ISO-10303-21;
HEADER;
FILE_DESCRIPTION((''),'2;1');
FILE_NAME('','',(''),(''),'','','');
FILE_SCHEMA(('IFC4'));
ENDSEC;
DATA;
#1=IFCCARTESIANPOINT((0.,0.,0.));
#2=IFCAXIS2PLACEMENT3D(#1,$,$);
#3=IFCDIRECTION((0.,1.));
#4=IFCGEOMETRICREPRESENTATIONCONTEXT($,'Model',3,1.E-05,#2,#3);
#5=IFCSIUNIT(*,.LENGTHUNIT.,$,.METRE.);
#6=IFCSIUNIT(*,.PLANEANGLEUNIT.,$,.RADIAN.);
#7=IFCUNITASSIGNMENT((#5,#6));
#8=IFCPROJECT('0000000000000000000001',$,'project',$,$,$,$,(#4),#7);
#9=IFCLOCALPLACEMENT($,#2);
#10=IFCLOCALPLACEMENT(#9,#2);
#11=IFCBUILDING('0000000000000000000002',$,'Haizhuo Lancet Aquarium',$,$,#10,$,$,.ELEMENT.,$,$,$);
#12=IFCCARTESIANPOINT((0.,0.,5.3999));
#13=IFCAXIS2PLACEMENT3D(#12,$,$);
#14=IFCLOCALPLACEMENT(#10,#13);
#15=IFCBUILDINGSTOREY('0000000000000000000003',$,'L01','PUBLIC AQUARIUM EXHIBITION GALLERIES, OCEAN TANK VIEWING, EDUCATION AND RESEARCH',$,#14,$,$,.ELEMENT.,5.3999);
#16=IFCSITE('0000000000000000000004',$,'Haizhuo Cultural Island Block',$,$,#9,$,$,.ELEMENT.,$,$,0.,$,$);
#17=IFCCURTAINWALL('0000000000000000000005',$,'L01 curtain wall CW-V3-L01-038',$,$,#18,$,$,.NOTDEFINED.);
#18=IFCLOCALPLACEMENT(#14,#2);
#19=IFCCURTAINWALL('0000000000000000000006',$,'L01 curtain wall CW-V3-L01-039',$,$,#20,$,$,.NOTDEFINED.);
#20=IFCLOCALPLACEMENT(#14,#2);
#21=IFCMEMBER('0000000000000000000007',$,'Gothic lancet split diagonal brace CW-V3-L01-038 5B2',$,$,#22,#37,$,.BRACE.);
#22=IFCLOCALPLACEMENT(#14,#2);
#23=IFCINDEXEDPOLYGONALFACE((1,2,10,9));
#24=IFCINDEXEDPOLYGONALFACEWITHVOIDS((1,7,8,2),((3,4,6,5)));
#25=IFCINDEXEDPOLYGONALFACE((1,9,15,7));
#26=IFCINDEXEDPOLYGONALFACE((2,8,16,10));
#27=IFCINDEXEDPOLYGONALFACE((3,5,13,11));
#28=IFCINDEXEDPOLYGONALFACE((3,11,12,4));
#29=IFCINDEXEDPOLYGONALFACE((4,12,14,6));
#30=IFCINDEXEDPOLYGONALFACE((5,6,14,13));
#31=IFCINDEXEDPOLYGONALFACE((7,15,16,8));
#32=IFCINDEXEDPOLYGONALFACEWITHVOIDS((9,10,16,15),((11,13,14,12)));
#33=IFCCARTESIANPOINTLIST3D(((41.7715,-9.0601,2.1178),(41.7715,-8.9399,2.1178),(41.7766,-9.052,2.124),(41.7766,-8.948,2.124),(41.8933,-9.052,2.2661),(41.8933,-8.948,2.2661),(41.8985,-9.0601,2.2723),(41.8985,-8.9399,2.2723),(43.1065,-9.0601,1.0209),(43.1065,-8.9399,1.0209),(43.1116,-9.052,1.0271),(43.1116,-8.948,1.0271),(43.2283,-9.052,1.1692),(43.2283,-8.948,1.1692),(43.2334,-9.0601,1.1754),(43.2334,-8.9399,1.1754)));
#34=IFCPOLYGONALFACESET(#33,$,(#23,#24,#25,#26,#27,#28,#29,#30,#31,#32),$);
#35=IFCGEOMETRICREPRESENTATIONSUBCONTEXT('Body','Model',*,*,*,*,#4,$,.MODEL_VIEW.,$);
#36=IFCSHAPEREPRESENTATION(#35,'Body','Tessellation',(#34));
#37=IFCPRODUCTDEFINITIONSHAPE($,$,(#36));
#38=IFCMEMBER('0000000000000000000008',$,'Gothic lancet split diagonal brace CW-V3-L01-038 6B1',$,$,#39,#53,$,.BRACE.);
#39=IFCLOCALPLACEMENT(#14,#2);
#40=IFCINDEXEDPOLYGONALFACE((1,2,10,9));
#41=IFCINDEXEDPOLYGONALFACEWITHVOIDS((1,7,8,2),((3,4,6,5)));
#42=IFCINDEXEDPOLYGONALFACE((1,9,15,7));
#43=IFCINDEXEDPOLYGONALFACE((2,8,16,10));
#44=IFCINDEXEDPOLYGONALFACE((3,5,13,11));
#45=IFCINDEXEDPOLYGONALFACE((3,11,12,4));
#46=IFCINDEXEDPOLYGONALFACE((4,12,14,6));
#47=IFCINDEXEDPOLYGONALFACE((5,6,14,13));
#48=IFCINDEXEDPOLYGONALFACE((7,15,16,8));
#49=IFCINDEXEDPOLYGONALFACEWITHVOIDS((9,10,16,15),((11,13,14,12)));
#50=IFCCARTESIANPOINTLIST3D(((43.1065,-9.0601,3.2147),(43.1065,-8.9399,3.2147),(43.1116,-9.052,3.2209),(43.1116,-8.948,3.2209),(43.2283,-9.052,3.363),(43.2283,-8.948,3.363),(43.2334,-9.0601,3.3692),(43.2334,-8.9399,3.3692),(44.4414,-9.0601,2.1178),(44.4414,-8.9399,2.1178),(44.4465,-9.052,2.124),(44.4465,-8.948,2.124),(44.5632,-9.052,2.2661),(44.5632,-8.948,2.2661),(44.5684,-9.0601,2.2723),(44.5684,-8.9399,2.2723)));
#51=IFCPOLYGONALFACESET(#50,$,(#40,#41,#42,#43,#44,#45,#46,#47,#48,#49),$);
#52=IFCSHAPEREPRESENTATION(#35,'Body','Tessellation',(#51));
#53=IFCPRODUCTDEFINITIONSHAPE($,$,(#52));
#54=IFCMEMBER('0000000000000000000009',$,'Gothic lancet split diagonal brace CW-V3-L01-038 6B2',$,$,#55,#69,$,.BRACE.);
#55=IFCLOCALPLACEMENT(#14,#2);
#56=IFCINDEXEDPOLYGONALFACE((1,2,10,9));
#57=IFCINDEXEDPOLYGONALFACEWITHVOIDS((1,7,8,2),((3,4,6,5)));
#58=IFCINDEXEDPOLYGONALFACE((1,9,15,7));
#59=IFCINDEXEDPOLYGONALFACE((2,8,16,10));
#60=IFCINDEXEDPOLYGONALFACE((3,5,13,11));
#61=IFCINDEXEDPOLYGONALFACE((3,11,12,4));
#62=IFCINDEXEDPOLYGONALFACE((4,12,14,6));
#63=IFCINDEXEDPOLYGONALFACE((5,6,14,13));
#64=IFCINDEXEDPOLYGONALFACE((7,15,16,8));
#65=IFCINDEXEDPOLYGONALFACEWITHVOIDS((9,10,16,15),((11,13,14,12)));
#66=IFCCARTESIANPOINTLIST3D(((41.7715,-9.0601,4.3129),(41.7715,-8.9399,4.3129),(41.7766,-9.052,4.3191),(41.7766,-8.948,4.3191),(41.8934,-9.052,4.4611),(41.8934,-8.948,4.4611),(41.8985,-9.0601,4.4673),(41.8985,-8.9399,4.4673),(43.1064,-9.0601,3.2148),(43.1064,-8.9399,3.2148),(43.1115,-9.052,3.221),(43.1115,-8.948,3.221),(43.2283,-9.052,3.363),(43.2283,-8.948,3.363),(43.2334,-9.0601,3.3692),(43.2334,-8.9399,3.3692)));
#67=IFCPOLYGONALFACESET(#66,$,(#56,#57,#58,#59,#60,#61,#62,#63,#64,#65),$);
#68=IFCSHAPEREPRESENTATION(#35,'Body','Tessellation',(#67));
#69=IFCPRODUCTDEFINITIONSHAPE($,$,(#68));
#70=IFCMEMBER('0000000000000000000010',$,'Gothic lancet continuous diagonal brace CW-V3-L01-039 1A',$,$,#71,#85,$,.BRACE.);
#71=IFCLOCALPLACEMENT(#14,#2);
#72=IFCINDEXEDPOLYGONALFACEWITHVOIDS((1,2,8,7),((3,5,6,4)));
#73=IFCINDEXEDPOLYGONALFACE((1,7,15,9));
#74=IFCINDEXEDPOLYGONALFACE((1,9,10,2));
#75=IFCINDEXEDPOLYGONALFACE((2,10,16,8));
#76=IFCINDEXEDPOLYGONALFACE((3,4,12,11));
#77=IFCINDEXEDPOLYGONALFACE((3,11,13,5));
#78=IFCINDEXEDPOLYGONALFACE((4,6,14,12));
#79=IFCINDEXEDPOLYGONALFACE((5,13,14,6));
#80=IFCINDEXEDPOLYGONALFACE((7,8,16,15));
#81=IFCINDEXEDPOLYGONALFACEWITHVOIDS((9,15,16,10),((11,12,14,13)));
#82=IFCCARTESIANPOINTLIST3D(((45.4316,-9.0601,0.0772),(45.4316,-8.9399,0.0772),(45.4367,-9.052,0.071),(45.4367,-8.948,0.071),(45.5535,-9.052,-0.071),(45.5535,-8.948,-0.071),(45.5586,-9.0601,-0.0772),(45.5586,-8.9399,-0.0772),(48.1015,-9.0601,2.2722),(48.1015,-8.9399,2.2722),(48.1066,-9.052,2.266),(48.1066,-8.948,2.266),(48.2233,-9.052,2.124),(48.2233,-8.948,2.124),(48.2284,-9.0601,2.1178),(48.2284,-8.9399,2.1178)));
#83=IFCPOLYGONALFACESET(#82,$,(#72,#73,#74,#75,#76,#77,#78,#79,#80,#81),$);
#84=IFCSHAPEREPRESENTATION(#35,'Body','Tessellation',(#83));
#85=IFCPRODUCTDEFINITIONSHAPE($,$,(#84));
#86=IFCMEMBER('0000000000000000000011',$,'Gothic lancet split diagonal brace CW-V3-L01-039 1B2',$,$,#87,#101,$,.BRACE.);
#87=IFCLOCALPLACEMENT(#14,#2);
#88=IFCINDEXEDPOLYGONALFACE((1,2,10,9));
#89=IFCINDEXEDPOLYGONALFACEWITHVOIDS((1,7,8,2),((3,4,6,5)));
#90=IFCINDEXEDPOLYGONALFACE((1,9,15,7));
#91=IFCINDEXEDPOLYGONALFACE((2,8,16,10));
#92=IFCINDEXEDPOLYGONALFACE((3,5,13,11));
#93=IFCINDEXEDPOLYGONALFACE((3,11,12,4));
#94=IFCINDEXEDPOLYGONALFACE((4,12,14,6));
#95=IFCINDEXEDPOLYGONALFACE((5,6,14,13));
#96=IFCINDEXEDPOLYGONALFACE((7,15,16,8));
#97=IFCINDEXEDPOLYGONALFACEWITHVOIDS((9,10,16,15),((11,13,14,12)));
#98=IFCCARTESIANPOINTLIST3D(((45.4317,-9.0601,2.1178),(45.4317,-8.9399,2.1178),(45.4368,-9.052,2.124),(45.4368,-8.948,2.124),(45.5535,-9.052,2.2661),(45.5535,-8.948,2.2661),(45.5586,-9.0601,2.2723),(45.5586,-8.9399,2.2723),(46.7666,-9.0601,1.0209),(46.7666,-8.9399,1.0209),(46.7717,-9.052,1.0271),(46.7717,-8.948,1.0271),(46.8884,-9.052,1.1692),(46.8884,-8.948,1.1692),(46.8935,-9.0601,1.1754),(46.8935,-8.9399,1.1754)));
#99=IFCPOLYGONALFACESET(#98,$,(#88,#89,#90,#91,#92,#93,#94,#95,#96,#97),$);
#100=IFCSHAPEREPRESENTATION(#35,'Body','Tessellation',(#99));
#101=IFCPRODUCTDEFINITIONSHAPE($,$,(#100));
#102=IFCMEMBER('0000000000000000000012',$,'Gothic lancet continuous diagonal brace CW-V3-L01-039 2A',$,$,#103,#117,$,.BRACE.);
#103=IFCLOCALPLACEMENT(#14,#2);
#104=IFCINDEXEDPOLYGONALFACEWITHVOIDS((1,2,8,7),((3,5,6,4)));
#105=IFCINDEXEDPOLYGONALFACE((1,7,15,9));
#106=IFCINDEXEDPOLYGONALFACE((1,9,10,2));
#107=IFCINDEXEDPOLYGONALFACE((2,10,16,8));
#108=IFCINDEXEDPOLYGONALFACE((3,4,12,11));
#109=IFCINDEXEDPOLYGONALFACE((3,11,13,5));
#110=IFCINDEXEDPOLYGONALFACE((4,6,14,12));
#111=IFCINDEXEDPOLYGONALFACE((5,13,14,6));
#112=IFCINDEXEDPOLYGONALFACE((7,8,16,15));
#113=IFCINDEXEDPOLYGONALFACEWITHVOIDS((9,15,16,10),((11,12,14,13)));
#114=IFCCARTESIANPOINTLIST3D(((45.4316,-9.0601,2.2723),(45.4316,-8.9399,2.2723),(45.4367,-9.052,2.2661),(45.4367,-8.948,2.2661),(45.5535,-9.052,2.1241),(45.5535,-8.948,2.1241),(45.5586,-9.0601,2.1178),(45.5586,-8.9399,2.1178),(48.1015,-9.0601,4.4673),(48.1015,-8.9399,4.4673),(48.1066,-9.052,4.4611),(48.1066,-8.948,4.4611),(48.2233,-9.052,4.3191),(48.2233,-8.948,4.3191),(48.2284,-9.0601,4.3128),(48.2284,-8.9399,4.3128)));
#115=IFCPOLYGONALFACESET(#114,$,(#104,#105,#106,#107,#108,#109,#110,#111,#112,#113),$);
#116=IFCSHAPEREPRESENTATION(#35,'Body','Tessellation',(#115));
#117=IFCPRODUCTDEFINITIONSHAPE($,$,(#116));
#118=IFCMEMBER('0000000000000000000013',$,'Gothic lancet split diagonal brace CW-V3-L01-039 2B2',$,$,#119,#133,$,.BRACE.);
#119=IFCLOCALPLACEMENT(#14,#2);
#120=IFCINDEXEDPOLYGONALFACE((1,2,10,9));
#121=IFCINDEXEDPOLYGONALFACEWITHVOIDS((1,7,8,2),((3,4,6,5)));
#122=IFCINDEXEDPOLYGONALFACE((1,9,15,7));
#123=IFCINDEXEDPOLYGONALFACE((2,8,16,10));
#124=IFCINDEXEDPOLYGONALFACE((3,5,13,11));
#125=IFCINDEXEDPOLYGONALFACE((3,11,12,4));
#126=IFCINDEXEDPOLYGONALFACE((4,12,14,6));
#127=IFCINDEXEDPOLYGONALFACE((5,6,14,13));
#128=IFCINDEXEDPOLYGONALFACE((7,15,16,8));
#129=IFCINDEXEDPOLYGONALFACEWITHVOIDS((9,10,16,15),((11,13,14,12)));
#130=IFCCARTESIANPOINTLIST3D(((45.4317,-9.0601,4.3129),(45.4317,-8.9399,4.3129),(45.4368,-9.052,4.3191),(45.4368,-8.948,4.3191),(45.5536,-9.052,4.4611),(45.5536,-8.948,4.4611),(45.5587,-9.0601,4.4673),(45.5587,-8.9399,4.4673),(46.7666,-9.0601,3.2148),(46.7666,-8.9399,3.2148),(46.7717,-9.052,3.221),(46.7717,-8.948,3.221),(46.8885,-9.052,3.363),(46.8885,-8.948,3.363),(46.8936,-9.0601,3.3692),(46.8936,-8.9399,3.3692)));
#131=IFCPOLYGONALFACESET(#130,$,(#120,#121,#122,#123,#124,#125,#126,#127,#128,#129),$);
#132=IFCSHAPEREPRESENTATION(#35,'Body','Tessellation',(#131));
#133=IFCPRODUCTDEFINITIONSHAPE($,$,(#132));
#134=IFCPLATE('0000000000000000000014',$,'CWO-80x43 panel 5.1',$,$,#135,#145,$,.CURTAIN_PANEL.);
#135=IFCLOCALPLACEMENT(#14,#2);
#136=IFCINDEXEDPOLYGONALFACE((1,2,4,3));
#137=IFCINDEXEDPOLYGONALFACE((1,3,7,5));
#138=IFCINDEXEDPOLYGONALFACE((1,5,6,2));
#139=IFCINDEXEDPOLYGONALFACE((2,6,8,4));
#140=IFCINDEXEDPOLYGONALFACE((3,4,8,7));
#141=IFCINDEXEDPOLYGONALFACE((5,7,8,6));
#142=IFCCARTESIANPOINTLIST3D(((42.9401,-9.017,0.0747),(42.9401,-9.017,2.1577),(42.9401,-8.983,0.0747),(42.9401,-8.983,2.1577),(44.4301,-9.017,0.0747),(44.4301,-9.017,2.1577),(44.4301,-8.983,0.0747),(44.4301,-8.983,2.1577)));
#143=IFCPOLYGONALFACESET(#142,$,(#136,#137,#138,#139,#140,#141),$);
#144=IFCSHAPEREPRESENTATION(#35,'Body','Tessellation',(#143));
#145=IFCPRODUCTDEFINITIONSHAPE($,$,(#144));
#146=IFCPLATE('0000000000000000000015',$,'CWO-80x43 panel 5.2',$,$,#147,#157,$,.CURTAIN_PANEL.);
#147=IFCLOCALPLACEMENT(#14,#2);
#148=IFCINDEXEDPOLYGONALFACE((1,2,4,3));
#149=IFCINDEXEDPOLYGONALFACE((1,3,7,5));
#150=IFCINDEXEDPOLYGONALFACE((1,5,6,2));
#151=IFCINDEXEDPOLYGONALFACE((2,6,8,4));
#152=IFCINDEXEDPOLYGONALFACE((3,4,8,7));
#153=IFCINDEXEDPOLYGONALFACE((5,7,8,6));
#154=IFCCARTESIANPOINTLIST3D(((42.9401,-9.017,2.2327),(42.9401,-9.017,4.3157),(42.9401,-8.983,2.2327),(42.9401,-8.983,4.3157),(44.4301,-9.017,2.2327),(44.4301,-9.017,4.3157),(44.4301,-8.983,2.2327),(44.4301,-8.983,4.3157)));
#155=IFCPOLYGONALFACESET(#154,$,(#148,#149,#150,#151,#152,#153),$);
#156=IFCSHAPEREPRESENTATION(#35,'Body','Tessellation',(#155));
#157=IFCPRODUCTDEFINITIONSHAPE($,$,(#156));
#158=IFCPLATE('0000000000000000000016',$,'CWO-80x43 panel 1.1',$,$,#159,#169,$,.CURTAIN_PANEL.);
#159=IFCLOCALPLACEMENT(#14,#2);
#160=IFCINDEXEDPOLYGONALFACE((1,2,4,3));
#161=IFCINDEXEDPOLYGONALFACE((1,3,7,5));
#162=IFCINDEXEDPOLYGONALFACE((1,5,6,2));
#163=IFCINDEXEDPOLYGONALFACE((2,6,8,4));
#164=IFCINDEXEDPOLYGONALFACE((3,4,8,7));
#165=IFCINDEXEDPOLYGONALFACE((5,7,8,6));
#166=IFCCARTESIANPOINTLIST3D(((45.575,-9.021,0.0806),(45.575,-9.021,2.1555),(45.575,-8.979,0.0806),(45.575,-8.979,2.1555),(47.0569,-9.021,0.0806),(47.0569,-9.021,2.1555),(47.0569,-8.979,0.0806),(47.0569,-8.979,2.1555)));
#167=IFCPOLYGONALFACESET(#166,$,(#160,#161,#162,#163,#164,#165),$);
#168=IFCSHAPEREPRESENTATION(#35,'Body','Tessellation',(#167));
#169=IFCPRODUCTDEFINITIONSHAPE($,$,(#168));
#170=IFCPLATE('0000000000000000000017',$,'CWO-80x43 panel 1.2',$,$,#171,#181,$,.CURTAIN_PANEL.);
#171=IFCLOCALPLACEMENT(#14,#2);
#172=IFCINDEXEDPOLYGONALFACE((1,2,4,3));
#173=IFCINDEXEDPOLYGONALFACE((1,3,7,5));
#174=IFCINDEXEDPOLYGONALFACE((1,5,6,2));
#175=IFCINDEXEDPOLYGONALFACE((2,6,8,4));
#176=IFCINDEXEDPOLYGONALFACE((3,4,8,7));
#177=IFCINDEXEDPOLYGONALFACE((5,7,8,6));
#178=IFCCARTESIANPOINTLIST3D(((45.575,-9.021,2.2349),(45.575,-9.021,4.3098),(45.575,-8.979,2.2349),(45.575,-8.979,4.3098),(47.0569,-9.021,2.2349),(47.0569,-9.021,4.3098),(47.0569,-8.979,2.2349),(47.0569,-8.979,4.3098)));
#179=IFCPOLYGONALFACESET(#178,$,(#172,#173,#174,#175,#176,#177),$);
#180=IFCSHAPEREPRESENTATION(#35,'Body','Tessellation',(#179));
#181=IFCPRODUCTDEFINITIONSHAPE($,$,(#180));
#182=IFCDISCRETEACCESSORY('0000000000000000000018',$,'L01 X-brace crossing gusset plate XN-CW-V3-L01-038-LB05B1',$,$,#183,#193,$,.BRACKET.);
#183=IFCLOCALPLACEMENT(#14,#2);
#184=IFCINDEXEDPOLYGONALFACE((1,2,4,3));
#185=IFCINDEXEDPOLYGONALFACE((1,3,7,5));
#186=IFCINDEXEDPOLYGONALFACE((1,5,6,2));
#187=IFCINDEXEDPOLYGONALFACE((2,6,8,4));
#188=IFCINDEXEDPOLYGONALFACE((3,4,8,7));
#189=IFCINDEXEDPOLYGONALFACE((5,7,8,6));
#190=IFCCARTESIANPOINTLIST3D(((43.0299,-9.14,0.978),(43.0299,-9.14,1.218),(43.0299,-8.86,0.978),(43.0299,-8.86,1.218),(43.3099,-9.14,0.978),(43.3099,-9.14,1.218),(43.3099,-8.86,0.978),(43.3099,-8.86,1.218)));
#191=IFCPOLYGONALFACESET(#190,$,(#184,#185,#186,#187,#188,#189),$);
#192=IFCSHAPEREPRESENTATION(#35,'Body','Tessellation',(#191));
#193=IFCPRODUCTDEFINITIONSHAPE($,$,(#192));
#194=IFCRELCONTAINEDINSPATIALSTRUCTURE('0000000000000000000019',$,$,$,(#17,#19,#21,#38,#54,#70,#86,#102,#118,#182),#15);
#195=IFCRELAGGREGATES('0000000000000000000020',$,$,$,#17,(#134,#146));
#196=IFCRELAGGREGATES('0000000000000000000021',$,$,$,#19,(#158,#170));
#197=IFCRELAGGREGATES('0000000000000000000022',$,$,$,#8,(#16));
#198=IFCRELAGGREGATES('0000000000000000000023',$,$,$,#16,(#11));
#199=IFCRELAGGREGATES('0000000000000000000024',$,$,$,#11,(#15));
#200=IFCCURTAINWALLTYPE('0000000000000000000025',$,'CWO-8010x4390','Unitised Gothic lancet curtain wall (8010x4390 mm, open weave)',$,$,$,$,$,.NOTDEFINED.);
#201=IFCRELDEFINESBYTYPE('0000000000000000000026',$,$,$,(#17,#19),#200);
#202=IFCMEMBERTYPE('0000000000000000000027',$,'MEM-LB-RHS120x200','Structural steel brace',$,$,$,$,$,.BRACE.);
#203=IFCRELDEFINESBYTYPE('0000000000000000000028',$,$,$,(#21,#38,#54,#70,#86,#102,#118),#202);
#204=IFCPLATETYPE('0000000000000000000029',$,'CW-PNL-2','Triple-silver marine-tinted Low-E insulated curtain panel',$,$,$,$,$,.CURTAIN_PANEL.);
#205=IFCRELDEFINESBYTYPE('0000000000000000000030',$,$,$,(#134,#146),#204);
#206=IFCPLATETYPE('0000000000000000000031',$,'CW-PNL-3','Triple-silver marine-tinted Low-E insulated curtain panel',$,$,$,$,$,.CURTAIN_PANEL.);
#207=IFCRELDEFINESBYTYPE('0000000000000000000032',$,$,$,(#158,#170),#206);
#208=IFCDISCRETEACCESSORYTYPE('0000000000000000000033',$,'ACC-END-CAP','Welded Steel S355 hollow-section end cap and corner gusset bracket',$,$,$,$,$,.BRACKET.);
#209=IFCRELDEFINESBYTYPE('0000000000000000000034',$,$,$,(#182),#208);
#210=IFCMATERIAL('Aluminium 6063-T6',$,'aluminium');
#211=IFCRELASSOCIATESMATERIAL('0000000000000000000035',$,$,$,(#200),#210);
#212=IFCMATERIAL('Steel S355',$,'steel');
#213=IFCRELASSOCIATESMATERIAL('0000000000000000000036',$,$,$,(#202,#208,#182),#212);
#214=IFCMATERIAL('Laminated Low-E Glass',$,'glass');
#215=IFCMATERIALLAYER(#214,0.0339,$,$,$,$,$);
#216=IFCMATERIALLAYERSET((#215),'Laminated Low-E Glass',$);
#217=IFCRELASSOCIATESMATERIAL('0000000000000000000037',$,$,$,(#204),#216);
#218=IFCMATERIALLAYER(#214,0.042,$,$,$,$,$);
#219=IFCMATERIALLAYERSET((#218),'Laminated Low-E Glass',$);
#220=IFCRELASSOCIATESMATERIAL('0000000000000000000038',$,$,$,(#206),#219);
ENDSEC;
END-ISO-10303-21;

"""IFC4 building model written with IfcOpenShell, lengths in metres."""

from ifc_helpers import new_model, si_unit, direction, frame, origin, origin_2d, place, context, subcontext, project, spatial, rectangle, hollow_rectangle, extrude, material, layer, layer_set, material_profile, profile_set, type_object, element, aggregate, save


model = new_model("IFC4")

# Units and contexts
model_context = context("Model", 3, precision=1e-05, world=origin(), true_north=direction((0.0, 1.0)))
body_context = subcontext(model_context, "Body", "Model", "MODEL_VIEW")
ifc_project = project(units=[si_unit("LENGTHUNIT", "METRE"), si_unit("PLANEANGLEUNIT", "RADIAN")], contexts=[model_context])

# Site, building, storey
site_placement = place(None, origin())
site = spatial("IfcSite", under=ifc_project, at=site_placement, Name="Haizhuo Cultural Island Block", CompositionType="ELEMENT", RefElevation=0.0)
building_placement = place(site_placement, origin())
building = spatial("IfcBuilding", under=site, at=building_placement, Name="Haizhuo Lancet Aquarium", CompositionType="ELEMENT")
storey_placement = place(building_placement, frame((0.0, 0.0, 5.3999)))
storey = spatial("IfcBuildingStorey", under=building, at=storey_placement, Name="L01", Description="PUBLIC AQUARIUM EXHIBITION GALLERIES, OCEAN TANK VIEWING, EDUCATION AND RESEARCH", CompositionType="ELEMENT", Elevation=5.3999)

# Curtain walls
ifc_material_1 = material(Name="Aluminium 6063-T6", Category="aluminium")
curtain_wall_type = type_object("IfcCurtainWallType", Name="CWO-8010x4390", Description="Unitised Gothic lancet curtain wall (8010x4390 mm, open weave)", PredefinedType="NOTDEFINED", material=ifc_material_1)
curtain_wall_1_placement = place(storey_placement, origin())
curtain_wall_1 = element("IfcCurtainWall", 1, at=curtain_wall_1_placement, inside=storey, type_object=curtain_wall_type, Name="L01 curtain wall CW-V3-L01-038", PredefinedType="NOTDEFINED")
curtain_wall_2_placement = place(storey_placement, origin())
curtain_wall_2 = element("IfcCurtainWall", 2, at=curtain_wall_2_placement, inside=storey, type_object=curtain_wall_type, Name="L01 curtain wall CW-V3-L01-039", PredefinedType="NOTDEFINED")

# Members
ifc_material_2 = material(Name="Steel S355", Category="steel")
ifc_material_profile_1 = material_profile(ifc_material_2, hollow_rectangle(XDim=0.1201, YDim=0.2, WallThickness=0.0081, at=origin_2d()), Name="RHS 120x200x8")
ifc_profile_set_1 = profile_set([ifc_material_profile_1], Name="Steel S355")
member_type_1 = type_object("IfcMemberType", Name="MEM-LB-RHS120x200", Description="Structural steel brace", PredefinedType="BRACE", material=ifc_profile_set_1)
for number, where, z_axis, x_axis, name in (
    (3, (43.1699, -9.0, 1.0981), (-0.772627, 0.0, 0.63486), (0.0, -1.0, 0.0), "Gothic lancet split diagonal brace CW-V3-L01-038 5B2"),
    (4, (44.5049, -9.0, 2.1951), (-0.772627, 0.0, 0.63486), (0.0, -1.0, 0.0), "Gothic lancet split diagonal brace CW-V3-L01-038 6B1"),
):
    element("IfcMember", number, at=place(storey_placement, frame(where, z_axis=z_axis, x_axis=x_axis)), inside=storey, type_object=member_type_1, Name=name, PredefinedType="BRACE", context=body_context, shape_type="SweptSolid", body=[
        extrude(hollow_rectangle(XDim=0.1201, YDim=0.2, WallThickness=0.0081, at=origin_2d()), origin(), (0.0, 0.0, 1.0), 1.7278),
    ])
member_1_placement = place(storey_placement, frame((43.1699, -9.0, 3.292), z_axis=(-0.772281, 0.0, 0.635281), x_axis=(0.0, -1.0, 0.0)))
element("IfcMember", 5, at=member_1_placement, inside=storey, type_object=member_type_1, Name="Gothic lancet split diagonal brace CW-V3-L01-038 6B2", PredefinedType="BRACE", context=body_context, shape_type="SweptSolid", body=[
    extrude(hollow_rectangle(XDim=0.1201, YDim=0.2, WallThickness=0.0081, at=origin_2d()), origin(), (0.0, 0.0, 1.0), 1.7285),
])
member_2_placement = place(storey_placement, frame((45.4951, -9.0, 0.0), z_axis=(0.772454, 0.0, 0.635071), x_axis=(0.0, 1.0, 0.0)))
element("IfcMember", 6, at=member_2_placement, inside=storey, type_object=member_type_1, Name="Gothic lancet continuous diagonal brace CW-V3-L01-039 1A", PredefinedType="BRACE", context=body_context, shape_type="SweptSolid", body=[
    extrude(hollow_rectangle(XDim=0.1201, YDim=0.2, WallThickness=0.0081, at=origin_2d()), origin(), (0.0, 0.0, 1.0), 3.4563),
])
member_3_placement = place(storey_placement, frame((46.8301, -9.0, 1.0981), z_axis=(-0.772627, 0.0, 0.63486), x_axis=(0.0, -1.0, 0.0)))
element("IfcMember", 7, at=member_3_placement, inside=storey, type_object=member_type_1, Name="Gothic lancet split diagonal brace CW-V3-L01-039 1B2", PredefinedType="BRACE", context=body_context, shape_type="SweptSolid", body=[
    extrude(hollow_rectangle(XDim=0.1201, YDim=0.2, WallThickness=0.0081, at=origin_2d()), origin(), (0.0, 0.0, 1.0), 1.7278),
])
member_4_placement = place(storey_placement, frame((45.4951, -9.0, 2.1951), z_axis=(0.772454, 0.0, 0.635071), x_axis=(0.0, 1.0, 0.0)))
element("IfcMember", 8, at=member_4_placement, inside=storey, type_object=member_type_1, Name="Gothic lancet continuous diagonal brace CW-V3-L01-039 2A", PredefinedType="BRACE", context=body_context, shape_type="SweptSolid", body=[
    extrude(hollow_rectangle(XDim=0.1201, YDim=0.2, WallThickness=0.0081, at=origin_2d()), origin(), (0.0, 0.0, 1.0), 3.4563),
])
member_5_placement = place(storey_placement, frame((46.8301, -9.0, 3.292), z_axis=(-0.772281, 0.0, 0.635281), x_axis=(0.0, -1.0, 0.0)))
element("IfcMember", 9, at=member_5_placement, inside=storey, type_object=member_type_1, Name="Gothic lancet split diagonal brace CW-V3-L01-039 2B2", PredefinedType="BRACE", context=body_context, shape_type="SweptSolid", body=[
    extrude(hollow_rectangle(XDim=0.1201, YDim=0.2, WallThickness=0.0081, at=origin_2d()), origin(), (0.0, 0.0, 1.0), 1.7285),
])

# Plates
ifc_material_3 = material(Name="Laminated Low-E Glass", Category="glass")
ifc_layer_1 = layer(ifc_material_3, 0.0339)
ifc_layer_set_1 = layer_set([ifc_layer_1], Name="Laminated Low-E Glass")
plate_type_1 = type_object("IfcPlateType", Name="CW-PNL-2", Description="Triple-silver marine-tinted Low-E insulated curtain panel", PredefinedType="CURTAIN_PANEL", material=ifc_layer_set_1)
plate_1_placement = place(storey_placement, frame((43.6851, -9.0, 0.0747), z_axis=(0.0, 0.0, 1.0), x_axis=(1.0, 0.0, 0.0)))
plate_1 = element("IfcPlate", 10, at=plate_1_placement, type_object=plate_type_1, Name="CWO-80x43 panel 5.1", PredefinedType="CURTAIN_PANEL", context=body_context, shape_type="SweptSolid", body=[
    extrude(rectangle(XDim=1.49, YDim=0.0339, at=origin_2d()), origin(), (0.0, 0.0, 1.0), 2.083),
])
plate_2_placement = place(storey_placement, frame((43.6851, -9.0, 2.2327), z_axis=(0.0, 0.0, 1.0), x_axis=(1.0, 0.0, 0.0)))
plate_2 = element("IfcPlate", 11, at=plate_2_placement, type_object=plate_type_1, Name="CWO-80x43 panel 5.2", PredefinedType="CURTAIN_PANEL", context=body_context, shape_type="SweptSolid", body=[
    extrude(rectangle(XDim=1.49, YDim=0.0339, at=origin_2d()), origin(), (0.0, 0.0, 1.0), 2.083),
])
aggregate(curtain_wall_1, [plate_1, plate_2])
ifc_layer_2 = layer(ifc_material_3, 0.042)
ifc_layer_set_2 = layer_set([ifc_layer_2], Name="Laminated Low-E Glass")
plate_type_2 = type_object("IfcPlateType", Name="CW-PNL-3", Description="Triple-silver marine-tinted Low-E insulated curtain panel", PredefinedType="CURTAIN_PANEL", material=ifc_layer_set_2)
plate_3_placement = place(storey_placement, frame((46.3159, -9.0, 0.0806), z_axis=(0.0, 0.0, 1.0), x_axis=(1.0, 0.0, 0.0)))
plate_3 = element("IfcPlate", 12, at=plate_3_placement, type_object=plate_type_2, Name="CWO-80x43 panel 1.1", PredefinedType="CURTAIN_PANEL", context=body_context, shape_type="SweptSolid", body=[
    extrude(rectangle(XDim=1.4819, YDim=0.042, at=origin_2d()), origin(), (0.0, 0.0, 1.0), 2.075),
])
plate_4_placement = place(storey_placement, frame((46.3159, -9.0, 2.2349), z_axis=(0.0, 0.0, 1.0), x_axis=(1.0, 0.0, 0.0)))
plate_4 = element("IfcPlate", 13, at=plate_4_placement, type_object=plate_type_2, Name="CWO-80x43 panel 1.2", PredefinedType="CURTAIN_PANEL", context=body_context, shape_type="SweptSolid", body=[
    extrude(rectangle(XDim=1.4819, YDim=0.042, at=origin_2d()), origin(), (0.0, 0.0, 1.0), 2.075),
])
aggregate(curtain_wall_2, [plate_3, plate_4])

# Discrete accessory
discrete_accessory_type = type_object("IfcDiscreteAccessoryType", Name="ACC-END-CAP", Description="Welded Steel S355 hollow-section end cap and corner gusset bracket", PredefinedType="BRACKET", material=ifc_material_2)
for number, where, z_axis, x_axis, name in (
    (14, (43.1699, -9.0, 0.978), (0.0, 0.0, 1.0), (1.0, 0.0, 0.0), "L01 X-brace crossing gusset plate XN-CW-V3-L01-038-LB05B1"),
):
    element("IfcDiscreteAccessory", number, at=place(storey_placement, frame(where, z_axis=z_axis, x_axis=x_axis)), inside=storey, type_object=discrete_accessory_type, material=ifc_material_2, Name=name, PredefinedType="BRACKET", context=body_context, shape_type="SweptSolid", body=[
        extrude(rectangle(XDim=0.28, YDim=0.28, at=origin_2d()), origin(), (0.0, 0.0, 1.0), 0.24),
    ])

save(model, "model.ifc")
